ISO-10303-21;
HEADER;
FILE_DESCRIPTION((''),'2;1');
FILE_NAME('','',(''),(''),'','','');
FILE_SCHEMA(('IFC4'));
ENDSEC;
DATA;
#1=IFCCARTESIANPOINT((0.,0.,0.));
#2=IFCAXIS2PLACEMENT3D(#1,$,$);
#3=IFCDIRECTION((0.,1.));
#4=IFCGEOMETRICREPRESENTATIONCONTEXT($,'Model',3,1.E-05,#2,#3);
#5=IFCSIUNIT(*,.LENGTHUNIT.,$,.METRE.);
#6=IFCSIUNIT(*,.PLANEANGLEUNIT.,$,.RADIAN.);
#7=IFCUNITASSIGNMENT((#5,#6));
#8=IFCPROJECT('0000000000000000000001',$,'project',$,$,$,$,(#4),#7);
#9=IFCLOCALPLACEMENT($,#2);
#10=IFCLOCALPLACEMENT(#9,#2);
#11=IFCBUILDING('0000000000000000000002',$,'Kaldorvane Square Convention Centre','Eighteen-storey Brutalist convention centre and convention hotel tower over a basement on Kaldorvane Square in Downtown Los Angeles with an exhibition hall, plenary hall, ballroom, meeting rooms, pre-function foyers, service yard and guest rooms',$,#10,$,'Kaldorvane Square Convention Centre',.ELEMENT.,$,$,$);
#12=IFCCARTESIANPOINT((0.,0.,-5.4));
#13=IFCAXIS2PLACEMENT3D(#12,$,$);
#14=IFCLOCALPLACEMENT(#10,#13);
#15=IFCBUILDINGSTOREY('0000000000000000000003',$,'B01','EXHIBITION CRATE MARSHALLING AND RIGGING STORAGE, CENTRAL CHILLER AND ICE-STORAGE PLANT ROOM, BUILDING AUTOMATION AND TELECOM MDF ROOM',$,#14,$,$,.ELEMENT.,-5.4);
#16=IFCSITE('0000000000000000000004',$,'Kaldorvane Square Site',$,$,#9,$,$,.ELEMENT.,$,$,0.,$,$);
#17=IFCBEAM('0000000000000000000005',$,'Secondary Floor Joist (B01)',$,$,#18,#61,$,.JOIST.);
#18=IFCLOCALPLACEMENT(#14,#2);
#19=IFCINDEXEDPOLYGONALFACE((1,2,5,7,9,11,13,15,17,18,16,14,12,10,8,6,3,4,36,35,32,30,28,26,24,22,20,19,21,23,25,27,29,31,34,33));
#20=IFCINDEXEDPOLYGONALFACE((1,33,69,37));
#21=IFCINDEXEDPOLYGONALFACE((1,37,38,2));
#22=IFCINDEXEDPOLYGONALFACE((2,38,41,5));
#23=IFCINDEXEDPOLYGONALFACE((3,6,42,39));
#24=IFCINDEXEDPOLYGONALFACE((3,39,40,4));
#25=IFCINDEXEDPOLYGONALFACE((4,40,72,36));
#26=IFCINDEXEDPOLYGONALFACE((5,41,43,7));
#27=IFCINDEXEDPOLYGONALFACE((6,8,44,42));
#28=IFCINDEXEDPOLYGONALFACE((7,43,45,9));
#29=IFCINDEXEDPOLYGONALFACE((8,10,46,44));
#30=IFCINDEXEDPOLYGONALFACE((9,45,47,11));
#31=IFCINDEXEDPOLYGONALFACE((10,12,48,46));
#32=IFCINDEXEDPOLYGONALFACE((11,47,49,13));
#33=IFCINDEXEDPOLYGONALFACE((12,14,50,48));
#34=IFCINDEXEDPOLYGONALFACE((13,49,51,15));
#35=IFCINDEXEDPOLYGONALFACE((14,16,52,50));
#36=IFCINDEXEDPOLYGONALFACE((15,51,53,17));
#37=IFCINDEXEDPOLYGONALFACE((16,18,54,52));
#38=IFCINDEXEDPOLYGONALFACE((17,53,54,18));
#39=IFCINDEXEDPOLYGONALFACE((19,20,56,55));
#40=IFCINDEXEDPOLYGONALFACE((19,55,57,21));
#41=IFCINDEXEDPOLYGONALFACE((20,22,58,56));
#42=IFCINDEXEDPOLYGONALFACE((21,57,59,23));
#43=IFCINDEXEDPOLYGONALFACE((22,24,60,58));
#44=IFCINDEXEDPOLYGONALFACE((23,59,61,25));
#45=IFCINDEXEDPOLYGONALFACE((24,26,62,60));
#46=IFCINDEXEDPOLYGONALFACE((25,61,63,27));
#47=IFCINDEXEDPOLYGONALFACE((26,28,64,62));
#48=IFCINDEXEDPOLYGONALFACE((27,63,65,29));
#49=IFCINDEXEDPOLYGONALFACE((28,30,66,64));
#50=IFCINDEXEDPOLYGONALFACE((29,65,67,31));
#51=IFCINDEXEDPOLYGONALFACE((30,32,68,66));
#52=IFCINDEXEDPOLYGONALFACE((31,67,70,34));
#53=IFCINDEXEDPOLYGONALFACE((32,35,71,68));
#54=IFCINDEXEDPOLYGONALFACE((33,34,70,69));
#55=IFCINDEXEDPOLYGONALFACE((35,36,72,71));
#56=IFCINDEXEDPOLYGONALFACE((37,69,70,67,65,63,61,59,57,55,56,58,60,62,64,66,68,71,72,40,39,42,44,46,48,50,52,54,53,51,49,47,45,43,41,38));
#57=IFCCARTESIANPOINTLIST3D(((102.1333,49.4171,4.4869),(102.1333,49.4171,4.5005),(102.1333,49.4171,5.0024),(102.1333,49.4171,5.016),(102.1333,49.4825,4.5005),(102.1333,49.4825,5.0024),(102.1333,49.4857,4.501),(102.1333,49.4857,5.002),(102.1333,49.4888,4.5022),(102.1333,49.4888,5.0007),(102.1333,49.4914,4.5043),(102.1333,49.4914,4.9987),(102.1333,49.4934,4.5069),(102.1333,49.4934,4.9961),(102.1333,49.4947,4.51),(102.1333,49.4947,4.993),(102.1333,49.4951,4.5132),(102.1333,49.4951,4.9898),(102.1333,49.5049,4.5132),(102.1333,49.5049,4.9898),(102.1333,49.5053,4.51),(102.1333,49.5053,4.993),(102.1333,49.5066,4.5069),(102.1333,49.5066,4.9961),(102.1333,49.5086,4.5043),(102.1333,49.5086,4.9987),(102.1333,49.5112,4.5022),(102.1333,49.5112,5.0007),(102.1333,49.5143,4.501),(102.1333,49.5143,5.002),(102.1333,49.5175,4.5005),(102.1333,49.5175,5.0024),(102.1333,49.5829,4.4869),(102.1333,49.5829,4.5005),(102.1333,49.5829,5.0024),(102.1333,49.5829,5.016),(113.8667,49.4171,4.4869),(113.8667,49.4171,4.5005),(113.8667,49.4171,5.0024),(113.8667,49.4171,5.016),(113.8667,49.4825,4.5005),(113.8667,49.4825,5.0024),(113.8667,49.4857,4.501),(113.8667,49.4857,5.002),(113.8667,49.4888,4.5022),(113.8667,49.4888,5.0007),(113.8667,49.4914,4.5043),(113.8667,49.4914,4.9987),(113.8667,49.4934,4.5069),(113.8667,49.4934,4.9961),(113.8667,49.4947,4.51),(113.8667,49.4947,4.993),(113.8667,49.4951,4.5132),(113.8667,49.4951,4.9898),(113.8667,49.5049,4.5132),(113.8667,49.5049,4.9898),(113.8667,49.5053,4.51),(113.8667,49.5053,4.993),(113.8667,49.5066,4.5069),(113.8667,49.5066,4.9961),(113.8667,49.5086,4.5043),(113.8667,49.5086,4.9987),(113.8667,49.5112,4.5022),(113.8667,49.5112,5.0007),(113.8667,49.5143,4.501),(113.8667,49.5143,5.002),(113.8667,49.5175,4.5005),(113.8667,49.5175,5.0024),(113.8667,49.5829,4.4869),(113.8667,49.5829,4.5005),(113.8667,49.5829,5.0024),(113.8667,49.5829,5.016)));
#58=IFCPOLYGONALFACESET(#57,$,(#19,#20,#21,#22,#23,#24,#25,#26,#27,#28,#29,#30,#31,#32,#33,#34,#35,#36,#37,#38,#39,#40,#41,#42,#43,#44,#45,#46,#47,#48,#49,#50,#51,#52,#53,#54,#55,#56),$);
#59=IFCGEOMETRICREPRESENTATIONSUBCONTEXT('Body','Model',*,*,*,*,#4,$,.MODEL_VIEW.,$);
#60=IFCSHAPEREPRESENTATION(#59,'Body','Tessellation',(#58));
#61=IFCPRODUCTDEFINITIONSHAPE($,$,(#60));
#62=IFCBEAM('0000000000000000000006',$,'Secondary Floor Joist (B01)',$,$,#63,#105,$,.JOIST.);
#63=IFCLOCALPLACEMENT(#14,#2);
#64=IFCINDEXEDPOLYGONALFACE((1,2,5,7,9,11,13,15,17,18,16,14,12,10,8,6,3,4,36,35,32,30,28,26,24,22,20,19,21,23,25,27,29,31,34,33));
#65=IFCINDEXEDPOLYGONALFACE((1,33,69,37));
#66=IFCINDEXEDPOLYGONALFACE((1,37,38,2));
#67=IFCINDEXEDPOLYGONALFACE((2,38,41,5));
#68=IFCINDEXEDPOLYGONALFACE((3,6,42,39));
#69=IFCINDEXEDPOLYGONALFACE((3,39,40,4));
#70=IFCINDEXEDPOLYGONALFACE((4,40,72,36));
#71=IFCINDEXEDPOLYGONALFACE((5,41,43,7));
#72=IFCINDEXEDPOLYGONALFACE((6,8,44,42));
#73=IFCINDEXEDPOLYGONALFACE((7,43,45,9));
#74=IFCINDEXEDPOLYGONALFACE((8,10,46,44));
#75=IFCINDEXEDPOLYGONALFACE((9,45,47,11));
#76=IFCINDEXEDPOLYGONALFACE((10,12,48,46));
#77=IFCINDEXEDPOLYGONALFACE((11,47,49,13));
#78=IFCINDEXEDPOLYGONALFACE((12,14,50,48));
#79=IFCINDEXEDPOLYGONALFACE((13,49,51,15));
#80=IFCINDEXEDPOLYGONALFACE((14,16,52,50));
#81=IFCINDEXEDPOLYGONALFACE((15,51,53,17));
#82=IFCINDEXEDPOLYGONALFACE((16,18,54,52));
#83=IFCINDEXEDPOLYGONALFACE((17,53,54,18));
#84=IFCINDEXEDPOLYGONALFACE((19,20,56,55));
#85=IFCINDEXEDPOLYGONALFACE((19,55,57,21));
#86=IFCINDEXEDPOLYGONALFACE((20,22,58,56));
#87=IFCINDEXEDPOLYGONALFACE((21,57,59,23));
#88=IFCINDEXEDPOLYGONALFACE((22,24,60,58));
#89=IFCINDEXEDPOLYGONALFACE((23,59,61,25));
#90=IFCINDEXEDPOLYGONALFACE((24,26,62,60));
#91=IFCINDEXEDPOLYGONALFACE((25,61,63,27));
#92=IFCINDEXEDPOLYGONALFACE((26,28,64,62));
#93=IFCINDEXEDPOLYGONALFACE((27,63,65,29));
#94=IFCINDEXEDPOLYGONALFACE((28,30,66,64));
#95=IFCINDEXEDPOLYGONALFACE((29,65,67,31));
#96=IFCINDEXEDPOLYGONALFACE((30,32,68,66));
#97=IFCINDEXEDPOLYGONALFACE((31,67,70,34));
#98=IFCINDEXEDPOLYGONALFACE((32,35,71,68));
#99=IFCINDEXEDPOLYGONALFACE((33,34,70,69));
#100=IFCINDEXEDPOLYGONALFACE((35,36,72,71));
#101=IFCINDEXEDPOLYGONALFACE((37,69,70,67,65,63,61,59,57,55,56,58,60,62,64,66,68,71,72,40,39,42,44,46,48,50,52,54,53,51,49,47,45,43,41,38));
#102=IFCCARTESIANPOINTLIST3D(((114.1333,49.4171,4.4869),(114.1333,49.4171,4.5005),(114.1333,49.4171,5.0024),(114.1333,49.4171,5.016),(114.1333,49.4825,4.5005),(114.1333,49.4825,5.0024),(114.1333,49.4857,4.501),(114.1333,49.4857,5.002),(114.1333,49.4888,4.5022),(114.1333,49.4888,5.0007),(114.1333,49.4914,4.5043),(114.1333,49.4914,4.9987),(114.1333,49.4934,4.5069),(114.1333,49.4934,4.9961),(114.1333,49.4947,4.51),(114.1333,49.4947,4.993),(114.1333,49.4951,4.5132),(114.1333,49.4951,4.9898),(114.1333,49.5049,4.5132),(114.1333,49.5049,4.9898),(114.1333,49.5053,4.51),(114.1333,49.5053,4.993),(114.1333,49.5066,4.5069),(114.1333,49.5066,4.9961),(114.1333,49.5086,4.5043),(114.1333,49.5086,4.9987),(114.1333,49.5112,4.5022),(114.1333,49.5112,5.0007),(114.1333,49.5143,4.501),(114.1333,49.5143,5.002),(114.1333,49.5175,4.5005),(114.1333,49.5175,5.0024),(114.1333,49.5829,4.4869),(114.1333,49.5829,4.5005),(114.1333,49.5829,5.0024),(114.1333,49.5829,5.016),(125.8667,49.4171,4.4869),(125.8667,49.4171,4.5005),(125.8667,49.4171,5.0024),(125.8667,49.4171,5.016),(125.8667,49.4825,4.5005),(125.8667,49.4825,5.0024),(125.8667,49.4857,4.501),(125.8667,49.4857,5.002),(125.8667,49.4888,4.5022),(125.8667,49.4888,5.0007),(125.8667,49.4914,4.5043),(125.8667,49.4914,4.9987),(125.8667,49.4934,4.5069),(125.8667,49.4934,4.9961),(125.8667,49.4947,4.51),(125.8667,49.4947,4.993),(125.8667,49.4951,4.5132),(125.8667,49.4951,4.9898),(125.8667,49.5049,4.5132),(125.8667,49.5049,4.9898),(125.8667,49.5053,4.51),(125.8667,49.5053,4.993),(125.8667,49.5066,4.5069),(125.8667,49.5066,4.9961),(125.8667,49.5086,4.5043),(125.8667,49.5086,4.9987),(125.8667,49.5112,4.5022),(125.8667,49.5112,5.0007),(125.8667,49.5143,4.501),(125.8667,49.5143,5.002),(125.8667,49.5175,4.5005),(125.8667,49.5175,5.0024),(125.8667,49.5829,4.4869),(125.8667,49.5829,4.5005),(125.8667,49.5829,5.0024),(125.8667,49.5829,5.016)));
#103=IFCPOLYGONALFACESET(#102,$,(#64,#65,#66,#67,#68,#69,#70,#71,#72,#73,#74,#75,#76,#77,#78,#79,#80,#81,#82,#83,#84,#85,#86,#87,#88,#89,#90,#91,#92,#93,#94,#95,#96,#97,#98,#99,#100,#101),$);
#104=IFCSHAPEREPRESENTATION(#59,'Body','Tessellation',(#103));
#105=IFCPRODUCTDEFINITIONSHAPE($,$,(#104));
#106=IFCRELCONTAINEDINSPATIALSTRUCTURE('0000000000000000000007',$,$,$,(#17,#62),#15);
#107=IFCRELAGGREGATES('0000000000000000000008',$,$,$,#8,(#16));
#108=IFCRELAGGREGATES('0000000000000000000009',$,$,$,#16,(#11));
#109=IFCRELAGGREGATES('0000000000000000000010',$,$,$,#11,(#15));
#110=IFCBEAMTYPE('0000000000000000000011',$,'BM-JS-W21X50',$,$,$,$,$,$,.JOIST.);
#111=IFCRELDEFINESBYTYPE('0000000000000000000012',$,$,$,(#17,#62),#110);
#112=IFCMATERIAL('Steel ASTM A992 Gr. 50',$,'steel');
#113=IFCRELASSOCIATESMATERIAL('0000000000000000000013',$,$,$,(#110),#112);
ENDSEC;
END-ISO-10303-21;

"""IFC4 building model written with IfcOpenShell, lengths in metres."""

from ifc_helpers import new_model, si_unit, direction, frame, origin, origin_2d, place, context, subcontext, project, spatial, i_section, extrude, material, material_profile, profile_set, type_object, element, save


model = new_model("IFC4")

# Units and contexts
model_context = context("Model", 3, precision=1e-05, world=origin(), true_north=direction((0.0, 1.0)))
body_context = subcontext(model_context, "Body", "Model", "MODEL_VIEW")
ifc_project = project(units=[si_unit("LENGTHUNIT", "METRE"), si_unit("PLANEANGLEUNIT", "RADIAN")], contexts=[model_context])

# Site, building, storey
site_placement = place(None, origin())
site = spatial("IfcSite", under=ifc_project, at=site_placement, Name="Kaldorvane Square Site", CompositionType="ELEMENT", RefElevation=0.0)
building_placement = place(site_placement, origin())
building = spatial("IfcBuilding", under=site, at=building_placement, Name="Kaldorvane Square Convention Centre", Description="Eighteen-storey Brutalist convention centre and convention hotel tower over a basement on Kaldorvane Square in Downtown Los Angeles with an exhibition hall, plenary hall, ballroom, meeting rooms, pre-function foyers, service yard and guest rooms", LongName="Kaldorvane Square Convention Centre", CompositionType="ELEMENT")
storey_placement = place(building_placement, frame((0.0, 0.0, -5.4)))
storey = spatial("IfcBuildingStorey", under=building, at=storey_placement, Name="B01", Description="EXHIBITION CRATE MARSHALLING AND RIGGING STORAGE, CENTRAL CHILLER AND ICE-STORAGE PLANT ROOM, BUILDING AUTOMATION AND TELECOM MDF ROOM", CompositionType="ELEMENT", Elevation=-5.4)

# Shared definitions
ifc_material_1 = material(Name="Steel ASTM A992 Gr. 50", Category="steel")

# Beams
ifc_material_profile_1 = material_profile(ifc_material_1, i_section(OverallWidth=0.1659, OverallDepth=0.5291, WebThickness=0.0097, FlangeThickness=0.0136, FilletRadius=0.0127, at=origin_2d()), Name="W21X50")
ifc_profile_set_1 = profile_set([ifc_material_profile_1], Name="Steel ASTM A992 Gr. 50")
beam_type_1 = type_object("IfcBeamType", Name="BM-JS-W21X50", PredefinedType="JOIST", material=ifc_profile_set_1)
for number, where, z_axis, x_axis, name in (
    (1, (102.1333, 49.5, 4.7515), (1.0, 0.0, 0.0), (0.0, 1.0, 0.0), "Secondary Floor Joist (B01)"),
    (2, (114.1333, 49.5, 4.7515), (1.0, 0.0, 0.0), (0.0, 1.0, 0.0), "Secondary Floor Joist (B01)"),
):
    element("IfcBeam", number, at=place(storey_placement, frame(where, z_axis=z_axis, x_axis=x_axis)), inside=storey, type_object=beam_type_1, Name=name, PredefinedType="JOIST", context=body_context, shape_type="SweptSolid", body=[
        extrude(i_section(OverallWidth=0.1659, OverallDepth=0.5291, WebThickness=0.0097, FlangeThickness=0.0136, FilletRadius=0.0127, at=origin_2d()), origin(), (0.0, 0.0, 1.0), 11.7334),
    ])

save(model, "model.ifc")
